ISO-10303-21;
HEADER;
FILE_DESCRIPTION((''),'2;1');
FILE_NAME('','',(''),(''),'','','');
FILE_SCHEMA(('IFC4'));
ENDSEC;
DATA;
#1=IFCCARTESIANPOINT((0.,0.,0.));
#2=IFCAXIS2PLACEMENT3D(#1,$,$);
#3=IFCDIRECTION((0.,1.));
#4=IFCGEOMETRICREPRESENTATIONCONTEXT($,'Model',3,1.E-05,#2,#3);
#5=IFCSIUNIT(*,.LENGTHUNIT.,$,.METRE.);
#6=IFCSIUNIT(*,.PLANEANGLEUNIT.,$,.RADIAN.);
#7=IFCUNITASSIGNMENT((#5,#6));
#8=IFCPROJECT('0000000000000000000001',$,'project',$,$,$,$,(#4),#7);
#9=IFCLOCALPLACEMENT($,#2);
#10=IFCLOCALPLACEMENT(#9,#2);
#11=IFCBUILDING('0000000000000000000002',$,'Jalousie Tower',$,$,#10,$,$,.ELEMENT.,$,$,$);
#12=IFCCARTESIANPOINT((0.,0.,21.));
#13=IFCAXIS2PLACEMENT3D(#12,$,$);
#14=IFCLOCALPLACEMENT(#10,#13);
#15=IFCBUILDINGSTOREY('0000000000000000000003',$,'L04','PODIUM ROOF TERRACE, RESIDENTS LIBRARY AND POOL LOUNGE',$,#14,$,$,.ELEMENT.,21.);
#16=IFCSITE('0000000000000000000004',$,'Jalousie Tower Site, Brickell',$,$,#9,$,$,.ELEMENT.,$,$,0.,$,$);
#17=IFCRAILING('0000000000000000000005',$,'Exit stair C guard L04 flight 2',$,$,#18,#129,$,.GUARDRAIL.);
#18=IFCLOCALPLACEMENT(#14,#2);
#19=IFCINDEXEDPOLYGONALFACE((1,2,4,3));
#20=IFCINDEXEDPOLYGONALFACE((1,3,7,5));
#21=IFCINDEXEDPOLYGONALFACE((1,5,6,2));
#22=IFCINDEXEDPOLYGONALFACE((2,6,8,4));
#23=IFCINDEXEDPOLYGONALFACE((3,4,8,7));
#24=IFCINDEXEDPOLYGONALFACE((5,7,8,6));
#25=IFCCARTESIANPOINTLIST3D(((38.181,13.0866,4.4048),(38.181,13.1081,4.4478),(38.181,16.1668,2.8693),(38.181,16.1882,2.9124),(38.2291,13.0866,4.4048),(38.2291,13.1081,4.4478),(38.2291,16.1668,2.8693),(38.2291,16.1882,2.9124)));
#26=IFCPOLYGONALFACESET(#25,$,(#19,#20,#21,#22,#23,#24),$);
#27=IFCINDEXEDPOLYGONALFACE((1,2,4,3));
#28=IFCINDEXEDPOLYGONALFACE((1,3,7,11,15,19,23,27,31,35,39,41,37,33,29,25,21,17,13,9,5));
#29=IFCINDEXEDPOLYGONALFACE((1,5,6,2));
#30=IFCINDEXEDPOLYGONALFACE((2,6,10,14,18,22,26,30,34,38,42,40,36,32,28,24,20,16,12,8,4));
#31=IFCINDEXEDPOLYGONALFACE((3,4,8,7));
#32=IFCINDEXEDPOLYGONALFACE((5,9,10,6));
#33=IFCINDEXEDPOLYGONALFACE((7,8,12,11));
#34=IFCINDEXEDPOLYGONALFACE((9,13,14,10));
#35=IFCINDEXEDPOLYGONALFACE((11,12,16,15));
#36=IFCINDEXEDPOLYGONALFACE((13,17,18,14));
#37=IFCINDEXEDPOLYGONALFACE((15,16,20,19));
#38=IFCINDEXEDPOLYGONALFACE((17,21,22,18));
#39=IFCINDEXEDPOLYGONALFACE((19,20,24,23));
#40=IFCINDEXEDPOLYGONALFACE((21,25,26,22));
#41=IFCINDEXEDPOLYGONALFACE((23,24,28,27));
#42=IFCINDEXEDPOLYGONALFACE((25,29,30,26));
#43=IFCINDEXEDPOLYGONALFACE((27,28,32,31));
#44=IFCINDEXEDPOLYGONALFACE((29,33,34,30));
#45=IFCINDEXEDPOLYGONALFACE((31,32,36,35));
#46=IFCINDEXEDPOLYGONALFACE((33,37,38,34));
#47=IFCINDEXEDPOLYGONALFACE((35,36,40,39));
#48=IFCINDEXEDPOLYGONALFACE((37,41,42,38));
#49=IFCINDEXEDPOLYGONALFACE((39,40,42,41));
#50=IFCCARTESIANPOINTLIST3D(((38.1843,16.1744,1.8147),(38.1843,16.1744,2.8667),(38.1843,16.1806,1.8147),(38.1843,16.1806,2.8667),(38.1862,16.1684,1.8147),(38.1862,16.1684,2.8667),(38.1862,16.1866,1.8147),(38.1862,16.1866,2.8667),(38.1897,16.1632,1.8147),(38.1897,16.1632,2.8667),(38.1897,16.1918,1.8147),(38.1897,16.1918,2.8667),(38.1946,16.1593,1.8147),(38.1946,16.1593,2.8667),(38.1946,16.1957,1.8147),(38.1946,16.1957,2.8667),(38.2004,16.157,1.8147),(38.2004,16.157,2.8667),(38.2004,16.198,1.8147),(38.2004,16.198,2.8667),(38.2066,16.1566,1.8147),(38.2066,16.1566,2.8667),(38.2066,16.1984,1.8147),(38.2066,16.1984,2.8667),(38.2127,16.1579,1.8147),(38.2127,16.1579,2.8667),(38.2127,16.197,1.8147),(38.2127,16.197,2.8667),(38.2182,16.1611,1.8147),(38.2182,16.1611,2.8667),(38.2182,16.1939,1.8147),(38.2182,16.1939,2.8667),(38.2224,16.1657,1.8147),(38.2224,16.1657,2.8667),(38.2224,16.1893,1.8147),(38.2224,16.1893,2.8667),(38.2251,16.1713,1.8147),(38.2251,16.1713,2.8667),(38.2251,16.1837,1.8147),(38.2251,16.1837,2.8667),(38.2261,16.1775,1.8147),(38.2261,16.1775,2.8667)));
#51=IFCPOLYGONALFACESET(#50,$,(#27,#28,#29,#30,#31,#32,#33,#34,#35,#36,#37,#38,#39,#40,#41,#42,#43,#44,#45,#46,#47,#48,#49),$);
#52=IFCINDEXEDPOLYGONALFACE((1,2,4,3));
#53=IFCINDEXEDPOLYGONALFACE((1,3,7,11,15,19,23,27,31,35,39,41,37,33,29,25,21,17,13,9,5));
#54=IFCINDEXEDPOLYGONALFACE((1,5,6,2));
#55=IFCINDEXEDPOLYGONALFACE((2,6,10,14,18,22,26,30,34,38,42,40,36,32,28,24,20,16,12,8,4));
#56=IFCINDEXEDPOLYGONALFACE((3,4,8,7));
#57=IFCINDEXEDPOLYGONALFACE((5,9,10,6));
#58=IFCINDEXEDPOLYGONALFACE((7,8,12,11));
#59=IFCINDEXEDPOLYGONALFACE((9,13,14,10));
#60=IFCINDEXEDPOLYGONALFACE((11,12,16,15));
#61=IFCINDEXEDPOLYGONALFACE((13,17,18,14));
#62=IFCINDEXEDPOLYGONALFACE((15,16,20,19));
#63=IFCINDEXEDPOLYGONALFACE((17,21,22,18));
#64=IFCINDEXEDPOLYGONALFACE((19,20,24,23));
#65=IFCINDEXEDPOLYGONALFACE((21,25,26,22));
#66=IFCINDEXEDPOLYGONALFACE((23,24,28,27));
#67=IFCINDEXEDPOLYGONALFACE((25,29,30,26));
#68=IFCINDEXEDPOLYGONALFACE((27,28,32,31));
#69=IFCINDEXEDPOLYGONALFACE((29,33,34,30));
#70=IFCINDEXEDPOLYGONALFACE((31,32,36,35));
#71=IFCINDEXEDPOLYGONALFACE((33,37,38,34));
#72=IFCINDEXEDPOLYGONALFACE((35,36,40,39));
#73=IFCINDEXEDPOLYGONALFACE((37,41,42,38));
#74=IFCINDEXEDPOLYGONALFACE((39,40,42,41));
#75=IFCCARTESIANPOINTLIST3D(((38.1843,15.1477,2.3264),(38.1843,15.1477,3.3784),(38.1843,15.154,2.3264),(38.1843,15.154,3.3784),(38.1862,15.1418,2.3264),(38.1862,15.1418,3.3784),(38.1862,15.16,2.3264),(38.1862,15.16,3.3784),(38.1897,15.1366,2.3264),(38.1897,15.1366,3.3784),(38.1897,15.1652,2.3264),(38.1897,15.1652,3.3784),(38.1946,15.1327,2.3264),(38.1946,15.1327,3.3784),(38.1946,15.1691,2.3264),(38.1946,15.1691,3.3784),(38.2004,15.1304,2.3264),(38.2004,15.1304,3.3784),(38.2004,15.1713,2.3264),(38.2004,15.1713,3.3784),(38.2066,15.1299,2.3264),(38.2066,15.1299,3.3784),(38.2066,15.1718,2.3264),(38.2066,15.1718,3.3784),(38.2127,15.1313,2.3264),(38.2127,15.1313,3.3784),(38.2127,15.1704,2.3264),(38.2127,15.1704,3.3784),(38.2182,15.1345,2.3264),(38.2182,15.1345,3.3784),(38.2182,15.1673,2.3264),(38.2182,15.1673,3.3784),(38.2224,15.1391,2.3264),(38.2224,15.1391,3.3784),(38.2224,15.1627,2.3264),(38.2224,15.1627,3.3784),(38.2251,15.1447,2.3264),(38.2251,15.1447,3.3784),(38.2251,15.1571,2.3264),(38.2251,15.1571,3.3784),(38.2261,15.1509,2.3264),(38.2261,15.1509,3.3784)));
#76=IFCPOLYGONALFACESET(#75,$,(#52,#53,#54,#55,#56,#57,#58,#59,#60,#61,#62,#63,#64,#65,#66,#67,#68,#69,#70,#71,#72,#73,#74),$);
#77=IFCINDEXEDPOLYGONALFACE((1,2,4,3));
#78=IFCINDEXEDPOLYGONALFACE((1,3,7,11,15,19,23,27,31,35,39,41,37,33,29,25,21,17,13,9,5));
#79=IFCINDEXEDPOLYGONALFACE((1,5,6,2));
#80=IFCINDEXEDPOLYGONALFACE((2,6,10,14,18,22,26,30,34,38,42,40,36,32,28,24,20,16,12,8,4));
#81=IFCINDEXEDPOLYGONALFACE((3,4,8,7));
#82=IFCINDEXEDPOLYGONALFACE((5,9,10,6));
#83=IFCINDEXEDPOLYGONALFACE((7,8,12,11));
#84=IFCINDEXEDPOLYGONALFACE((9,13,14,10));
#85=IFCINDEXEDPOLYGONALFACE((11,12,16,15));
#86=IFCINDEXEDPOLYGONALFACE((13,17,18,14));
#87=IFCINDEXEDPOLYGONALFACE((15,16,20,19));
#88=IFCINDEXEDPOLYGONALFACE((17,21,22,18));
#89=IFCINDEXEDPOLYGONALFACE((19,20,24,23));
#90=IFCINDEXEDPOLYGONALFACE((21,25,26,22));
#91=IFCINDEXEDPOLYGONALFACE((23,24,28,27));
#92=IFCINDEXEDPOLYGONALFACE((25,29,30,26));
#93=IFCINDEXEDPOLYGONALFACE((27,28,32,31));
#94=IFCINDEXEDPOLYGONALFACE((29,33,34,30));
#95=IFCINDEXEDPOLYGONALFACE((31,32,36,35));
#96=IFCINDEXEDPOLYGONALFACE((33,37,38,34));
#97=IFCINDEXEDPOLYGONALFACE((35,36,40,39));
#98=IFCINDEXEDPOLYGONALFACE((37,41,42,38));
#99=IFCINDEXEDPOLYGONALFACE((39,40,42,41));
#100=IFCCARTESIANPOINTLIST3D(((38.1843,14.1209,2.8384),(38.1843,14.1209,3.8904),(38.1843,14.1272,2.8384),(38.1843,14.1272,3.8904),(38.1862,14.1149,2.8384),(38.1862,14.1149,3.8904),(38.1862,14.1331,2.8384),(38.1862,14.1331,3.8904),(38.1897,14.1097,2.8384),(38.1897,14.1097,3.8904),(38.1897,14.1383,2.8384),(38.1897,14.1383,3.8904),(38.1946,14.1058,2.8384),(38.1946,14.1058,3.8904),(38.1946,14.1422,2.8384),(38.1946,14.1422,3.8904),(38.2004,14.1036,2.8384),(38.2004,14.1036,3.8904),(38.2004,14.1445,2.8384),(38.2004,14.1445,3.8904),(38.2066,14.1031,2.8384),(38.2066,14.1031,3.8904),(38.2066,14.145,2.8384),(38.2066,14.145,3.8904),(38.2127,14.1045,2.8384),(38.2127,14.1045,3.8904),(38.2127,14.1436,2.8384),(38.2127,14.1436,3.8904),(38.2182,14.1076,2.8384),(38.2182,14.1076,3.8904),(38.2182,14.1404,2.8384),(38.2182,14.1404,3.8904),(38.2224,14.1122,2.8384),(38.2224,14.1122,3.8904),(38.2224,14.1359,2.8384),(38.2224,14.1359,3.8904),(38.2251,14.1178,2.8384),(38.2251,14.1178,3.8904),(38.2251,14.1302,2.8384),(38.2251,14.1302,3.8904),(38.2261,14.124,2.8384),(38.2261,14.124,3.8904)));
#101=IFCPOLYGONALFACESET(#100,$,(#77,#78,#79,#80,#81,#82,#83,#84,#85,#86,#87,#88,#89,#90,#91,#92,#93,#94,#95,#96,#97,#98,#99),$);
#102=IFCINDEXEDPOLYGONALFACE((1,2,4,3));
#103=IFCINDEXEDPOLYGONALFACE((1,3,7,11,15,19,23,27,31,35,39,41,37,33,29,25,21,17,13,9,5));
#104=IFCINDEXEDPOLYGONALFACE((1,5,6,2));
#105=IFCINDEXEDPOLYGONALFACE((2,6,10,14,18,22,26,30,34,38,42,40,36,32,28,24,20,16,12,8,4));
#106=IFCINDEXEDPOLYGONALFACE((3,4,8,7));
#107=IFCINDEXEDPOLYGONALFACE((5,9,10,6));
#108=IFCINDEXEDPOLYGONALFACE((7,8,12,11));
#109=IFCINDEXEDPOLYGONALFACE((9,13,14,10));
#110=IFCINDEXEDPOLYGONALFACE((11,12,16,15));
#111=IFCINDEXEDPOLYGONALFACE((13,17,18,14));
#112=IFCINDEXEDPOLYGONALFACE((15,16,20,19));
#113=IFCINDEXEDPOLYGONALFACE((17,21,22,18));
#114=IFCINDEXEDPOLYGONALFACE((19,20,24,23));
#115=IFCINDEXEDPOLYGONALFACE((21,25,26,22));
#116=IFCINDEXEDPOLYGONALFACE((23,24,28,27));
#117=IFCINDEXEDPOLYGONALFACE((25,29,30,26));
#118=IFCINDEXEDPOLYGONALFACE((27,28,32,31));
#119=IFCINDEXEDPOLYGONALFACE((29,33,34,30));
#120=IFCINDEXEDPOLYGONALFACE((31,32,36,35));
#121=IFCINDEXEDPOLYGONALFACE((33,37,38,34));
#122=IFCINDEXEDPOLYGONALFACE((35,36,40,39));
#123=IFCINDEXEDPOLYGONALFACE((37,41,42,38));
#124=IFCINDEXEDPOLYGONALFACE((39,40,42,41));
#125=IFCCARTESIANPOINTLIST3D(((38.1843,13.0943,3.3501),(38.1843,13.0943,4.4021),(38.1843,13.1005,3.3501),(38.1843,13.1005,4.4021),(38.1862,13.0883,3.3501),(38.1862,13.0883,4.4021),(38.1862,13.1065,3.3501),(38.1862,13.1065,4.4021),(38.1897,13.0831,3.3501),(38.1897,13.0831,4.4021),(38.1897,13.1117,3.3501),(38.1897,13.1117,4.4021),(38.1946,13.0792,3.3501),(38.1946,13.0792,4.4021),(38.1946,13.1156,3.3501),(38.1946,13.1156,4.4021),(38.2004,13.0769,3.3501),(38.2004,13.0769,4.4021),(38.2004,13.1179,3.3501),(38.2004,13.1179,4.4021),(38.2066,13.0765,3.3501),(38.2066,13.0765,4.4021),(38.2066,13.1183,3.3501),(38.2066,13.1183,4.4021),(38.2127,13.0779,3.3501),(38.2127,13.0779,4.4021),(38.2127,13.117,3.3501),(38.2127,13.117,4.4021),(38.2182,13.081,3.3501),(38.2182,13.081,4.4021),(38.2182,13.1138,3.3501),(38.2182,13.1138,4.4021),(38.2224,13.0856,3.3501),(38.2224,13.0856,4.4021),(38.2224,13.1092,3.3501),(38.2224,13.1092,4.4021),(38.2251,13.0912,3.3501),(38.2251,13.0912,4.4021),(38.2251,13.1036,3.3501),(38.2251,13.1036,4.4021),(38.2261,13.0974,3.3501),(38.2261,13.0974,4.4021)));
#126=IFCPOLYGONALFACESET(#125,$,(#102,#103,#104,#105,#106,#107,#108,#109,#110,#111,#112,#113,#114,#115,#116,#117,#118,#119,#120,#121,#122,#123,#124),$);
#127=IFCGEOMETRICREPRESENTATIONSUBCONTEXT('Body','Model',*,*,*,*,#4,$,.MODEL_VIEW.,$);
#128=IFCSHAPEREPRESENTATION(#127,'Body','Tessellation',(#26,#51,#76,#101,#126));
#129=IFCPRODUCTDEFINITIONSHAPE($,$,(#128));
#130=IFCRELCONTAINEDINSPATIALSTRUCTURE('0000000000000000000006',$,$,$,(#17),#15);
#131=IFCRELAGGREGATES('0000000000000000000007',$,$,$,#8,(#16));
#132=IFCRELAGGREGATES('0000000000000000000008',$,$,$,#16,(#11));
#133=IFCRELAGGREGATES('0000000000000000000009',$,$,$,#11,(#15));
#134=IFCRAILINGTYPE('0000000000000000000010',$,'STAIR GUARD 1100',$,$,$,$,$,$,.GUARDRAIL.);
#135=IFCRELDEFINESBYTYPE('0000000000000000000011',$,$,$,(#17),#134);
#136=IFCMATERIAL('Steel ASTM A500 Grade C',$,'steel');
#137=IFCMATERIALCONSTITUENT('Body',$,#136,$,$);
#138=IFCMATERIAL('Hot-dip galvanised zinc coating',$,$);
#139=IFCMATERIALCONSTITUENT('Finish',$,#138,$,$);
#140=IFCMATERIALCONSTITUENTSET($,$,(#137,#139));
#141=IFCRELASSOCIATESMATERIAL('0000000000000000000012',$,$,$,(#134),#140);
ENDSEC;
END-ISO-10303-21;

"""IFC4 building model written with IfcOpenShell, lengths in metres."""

from ifc_helpers import new_model, si_unit, direction, frame, origin, origin_2d, place, context, subcontext, project, spatial, rectangle, circle, extrude, material, constituent, constituent_set, type_object, element, save


model = new_model("IFC4")

# Units and contexts
model_context = context("Model", 3, precision=1e-05, world=origin(), true_north=direction((0.0, 1.0)))
body_context = subcontext(model_context, "Body", "Model", "MODEL_VIEW")
ifc_project = project(units=[si_unit("LENGTHUNIT", "METRE"), si_unit("PLANEANGLEUNIT", "RADIAN")], contexts=[model_context])

# Site, building, storey
site_placement = place(None, origin())
site = spatial("IfcSite", under=ifc_project, at=site_placement, Name="Jalousie Tower Site, Brickell", CompositionType="ELEMENT", RefElevation=0.0)
building_placement = place(site_placement, origin())
building = spatial("IfcBuilding", under=site, at=building_placement, Name="Jalousie Tower", CompositionType="ELEMENT")
storey_placement = place(building_placement, frame((0.0, 0.0, 21.0)))
storey = spatial("IfcBuildingStorey", under=building, at=storey_placement, Name="L04", Description="PODIUM ROOF TERRACE, RESIDENTS LIBRARY AND POOL LOUNGE", CompositionType="ELEMENT", Elevation=21.0)

# Railing
ifc_material_1 = material(Name="Steel ASTM A500 Grade C", Category="steel")
ifc_constituent_1 = constituent(ifc_material_1, Name="Body")
ifc_material_2 = material(Name="Hot-dip galvanised zinc coating")
ifc_constituent_2 = constituent(ifc_material_2, Name="Finish")
ifc_constituent_set_1 = constituent_set(constituents=[ifc_constituent_1, ifc_constituent_2])
railing_type_1 = type_object("IfcRailingType", Name="STAIR GUARD 1100", PredefinedType="GUARDRAIL", material=ifc_constituent_set_1)
railing_1_placement = place(storey_placement, frame((38.2051, 16.1775, 1.8147)))
element("IfcRailing", 1, at=railing_1_placement, inside=storey, type_object=railing_type_1, Name="Exit stair C guard L04 flight 2", PredefinedType="GUARDRAIL", context=body_context, shape_type="SweptSolid", body=[
    extrude(rectangle(XDim=0.0481, YDim=0.0481, at=origin_2d()), frame((0.0, 0.0, 1.0762), z_axis=(0.0, -0.894966, 0.446135), x_axis=(1.0, 0.0, 0.0)), (0.0, 0.0, 1.0), 3.4417),
    extrude(circle(Radius=0.021, at=origin_2d()), origin(), (0.0, 0.0, 1.0), 1.052),
    extrude(circle(Radius=0.021, at=origin_2d()), frame((0.0, -1.0266, 0.5117)), (0.0, 0.0, 1.0), 1.052),
    extrude(circle(Radius=0.021, at=origin_2d()), frame((0.0, -2.0535, 1.0237)), (0.0, 0.0, 1.0), 1.052),
    extrude(circle(Radius=0.021, at=origin_2d()), frame((0.0, -3.0801, 1.5354)), (0.0, 0.0, 1.0), 1.052),
])

save(model, "model.ifc")
